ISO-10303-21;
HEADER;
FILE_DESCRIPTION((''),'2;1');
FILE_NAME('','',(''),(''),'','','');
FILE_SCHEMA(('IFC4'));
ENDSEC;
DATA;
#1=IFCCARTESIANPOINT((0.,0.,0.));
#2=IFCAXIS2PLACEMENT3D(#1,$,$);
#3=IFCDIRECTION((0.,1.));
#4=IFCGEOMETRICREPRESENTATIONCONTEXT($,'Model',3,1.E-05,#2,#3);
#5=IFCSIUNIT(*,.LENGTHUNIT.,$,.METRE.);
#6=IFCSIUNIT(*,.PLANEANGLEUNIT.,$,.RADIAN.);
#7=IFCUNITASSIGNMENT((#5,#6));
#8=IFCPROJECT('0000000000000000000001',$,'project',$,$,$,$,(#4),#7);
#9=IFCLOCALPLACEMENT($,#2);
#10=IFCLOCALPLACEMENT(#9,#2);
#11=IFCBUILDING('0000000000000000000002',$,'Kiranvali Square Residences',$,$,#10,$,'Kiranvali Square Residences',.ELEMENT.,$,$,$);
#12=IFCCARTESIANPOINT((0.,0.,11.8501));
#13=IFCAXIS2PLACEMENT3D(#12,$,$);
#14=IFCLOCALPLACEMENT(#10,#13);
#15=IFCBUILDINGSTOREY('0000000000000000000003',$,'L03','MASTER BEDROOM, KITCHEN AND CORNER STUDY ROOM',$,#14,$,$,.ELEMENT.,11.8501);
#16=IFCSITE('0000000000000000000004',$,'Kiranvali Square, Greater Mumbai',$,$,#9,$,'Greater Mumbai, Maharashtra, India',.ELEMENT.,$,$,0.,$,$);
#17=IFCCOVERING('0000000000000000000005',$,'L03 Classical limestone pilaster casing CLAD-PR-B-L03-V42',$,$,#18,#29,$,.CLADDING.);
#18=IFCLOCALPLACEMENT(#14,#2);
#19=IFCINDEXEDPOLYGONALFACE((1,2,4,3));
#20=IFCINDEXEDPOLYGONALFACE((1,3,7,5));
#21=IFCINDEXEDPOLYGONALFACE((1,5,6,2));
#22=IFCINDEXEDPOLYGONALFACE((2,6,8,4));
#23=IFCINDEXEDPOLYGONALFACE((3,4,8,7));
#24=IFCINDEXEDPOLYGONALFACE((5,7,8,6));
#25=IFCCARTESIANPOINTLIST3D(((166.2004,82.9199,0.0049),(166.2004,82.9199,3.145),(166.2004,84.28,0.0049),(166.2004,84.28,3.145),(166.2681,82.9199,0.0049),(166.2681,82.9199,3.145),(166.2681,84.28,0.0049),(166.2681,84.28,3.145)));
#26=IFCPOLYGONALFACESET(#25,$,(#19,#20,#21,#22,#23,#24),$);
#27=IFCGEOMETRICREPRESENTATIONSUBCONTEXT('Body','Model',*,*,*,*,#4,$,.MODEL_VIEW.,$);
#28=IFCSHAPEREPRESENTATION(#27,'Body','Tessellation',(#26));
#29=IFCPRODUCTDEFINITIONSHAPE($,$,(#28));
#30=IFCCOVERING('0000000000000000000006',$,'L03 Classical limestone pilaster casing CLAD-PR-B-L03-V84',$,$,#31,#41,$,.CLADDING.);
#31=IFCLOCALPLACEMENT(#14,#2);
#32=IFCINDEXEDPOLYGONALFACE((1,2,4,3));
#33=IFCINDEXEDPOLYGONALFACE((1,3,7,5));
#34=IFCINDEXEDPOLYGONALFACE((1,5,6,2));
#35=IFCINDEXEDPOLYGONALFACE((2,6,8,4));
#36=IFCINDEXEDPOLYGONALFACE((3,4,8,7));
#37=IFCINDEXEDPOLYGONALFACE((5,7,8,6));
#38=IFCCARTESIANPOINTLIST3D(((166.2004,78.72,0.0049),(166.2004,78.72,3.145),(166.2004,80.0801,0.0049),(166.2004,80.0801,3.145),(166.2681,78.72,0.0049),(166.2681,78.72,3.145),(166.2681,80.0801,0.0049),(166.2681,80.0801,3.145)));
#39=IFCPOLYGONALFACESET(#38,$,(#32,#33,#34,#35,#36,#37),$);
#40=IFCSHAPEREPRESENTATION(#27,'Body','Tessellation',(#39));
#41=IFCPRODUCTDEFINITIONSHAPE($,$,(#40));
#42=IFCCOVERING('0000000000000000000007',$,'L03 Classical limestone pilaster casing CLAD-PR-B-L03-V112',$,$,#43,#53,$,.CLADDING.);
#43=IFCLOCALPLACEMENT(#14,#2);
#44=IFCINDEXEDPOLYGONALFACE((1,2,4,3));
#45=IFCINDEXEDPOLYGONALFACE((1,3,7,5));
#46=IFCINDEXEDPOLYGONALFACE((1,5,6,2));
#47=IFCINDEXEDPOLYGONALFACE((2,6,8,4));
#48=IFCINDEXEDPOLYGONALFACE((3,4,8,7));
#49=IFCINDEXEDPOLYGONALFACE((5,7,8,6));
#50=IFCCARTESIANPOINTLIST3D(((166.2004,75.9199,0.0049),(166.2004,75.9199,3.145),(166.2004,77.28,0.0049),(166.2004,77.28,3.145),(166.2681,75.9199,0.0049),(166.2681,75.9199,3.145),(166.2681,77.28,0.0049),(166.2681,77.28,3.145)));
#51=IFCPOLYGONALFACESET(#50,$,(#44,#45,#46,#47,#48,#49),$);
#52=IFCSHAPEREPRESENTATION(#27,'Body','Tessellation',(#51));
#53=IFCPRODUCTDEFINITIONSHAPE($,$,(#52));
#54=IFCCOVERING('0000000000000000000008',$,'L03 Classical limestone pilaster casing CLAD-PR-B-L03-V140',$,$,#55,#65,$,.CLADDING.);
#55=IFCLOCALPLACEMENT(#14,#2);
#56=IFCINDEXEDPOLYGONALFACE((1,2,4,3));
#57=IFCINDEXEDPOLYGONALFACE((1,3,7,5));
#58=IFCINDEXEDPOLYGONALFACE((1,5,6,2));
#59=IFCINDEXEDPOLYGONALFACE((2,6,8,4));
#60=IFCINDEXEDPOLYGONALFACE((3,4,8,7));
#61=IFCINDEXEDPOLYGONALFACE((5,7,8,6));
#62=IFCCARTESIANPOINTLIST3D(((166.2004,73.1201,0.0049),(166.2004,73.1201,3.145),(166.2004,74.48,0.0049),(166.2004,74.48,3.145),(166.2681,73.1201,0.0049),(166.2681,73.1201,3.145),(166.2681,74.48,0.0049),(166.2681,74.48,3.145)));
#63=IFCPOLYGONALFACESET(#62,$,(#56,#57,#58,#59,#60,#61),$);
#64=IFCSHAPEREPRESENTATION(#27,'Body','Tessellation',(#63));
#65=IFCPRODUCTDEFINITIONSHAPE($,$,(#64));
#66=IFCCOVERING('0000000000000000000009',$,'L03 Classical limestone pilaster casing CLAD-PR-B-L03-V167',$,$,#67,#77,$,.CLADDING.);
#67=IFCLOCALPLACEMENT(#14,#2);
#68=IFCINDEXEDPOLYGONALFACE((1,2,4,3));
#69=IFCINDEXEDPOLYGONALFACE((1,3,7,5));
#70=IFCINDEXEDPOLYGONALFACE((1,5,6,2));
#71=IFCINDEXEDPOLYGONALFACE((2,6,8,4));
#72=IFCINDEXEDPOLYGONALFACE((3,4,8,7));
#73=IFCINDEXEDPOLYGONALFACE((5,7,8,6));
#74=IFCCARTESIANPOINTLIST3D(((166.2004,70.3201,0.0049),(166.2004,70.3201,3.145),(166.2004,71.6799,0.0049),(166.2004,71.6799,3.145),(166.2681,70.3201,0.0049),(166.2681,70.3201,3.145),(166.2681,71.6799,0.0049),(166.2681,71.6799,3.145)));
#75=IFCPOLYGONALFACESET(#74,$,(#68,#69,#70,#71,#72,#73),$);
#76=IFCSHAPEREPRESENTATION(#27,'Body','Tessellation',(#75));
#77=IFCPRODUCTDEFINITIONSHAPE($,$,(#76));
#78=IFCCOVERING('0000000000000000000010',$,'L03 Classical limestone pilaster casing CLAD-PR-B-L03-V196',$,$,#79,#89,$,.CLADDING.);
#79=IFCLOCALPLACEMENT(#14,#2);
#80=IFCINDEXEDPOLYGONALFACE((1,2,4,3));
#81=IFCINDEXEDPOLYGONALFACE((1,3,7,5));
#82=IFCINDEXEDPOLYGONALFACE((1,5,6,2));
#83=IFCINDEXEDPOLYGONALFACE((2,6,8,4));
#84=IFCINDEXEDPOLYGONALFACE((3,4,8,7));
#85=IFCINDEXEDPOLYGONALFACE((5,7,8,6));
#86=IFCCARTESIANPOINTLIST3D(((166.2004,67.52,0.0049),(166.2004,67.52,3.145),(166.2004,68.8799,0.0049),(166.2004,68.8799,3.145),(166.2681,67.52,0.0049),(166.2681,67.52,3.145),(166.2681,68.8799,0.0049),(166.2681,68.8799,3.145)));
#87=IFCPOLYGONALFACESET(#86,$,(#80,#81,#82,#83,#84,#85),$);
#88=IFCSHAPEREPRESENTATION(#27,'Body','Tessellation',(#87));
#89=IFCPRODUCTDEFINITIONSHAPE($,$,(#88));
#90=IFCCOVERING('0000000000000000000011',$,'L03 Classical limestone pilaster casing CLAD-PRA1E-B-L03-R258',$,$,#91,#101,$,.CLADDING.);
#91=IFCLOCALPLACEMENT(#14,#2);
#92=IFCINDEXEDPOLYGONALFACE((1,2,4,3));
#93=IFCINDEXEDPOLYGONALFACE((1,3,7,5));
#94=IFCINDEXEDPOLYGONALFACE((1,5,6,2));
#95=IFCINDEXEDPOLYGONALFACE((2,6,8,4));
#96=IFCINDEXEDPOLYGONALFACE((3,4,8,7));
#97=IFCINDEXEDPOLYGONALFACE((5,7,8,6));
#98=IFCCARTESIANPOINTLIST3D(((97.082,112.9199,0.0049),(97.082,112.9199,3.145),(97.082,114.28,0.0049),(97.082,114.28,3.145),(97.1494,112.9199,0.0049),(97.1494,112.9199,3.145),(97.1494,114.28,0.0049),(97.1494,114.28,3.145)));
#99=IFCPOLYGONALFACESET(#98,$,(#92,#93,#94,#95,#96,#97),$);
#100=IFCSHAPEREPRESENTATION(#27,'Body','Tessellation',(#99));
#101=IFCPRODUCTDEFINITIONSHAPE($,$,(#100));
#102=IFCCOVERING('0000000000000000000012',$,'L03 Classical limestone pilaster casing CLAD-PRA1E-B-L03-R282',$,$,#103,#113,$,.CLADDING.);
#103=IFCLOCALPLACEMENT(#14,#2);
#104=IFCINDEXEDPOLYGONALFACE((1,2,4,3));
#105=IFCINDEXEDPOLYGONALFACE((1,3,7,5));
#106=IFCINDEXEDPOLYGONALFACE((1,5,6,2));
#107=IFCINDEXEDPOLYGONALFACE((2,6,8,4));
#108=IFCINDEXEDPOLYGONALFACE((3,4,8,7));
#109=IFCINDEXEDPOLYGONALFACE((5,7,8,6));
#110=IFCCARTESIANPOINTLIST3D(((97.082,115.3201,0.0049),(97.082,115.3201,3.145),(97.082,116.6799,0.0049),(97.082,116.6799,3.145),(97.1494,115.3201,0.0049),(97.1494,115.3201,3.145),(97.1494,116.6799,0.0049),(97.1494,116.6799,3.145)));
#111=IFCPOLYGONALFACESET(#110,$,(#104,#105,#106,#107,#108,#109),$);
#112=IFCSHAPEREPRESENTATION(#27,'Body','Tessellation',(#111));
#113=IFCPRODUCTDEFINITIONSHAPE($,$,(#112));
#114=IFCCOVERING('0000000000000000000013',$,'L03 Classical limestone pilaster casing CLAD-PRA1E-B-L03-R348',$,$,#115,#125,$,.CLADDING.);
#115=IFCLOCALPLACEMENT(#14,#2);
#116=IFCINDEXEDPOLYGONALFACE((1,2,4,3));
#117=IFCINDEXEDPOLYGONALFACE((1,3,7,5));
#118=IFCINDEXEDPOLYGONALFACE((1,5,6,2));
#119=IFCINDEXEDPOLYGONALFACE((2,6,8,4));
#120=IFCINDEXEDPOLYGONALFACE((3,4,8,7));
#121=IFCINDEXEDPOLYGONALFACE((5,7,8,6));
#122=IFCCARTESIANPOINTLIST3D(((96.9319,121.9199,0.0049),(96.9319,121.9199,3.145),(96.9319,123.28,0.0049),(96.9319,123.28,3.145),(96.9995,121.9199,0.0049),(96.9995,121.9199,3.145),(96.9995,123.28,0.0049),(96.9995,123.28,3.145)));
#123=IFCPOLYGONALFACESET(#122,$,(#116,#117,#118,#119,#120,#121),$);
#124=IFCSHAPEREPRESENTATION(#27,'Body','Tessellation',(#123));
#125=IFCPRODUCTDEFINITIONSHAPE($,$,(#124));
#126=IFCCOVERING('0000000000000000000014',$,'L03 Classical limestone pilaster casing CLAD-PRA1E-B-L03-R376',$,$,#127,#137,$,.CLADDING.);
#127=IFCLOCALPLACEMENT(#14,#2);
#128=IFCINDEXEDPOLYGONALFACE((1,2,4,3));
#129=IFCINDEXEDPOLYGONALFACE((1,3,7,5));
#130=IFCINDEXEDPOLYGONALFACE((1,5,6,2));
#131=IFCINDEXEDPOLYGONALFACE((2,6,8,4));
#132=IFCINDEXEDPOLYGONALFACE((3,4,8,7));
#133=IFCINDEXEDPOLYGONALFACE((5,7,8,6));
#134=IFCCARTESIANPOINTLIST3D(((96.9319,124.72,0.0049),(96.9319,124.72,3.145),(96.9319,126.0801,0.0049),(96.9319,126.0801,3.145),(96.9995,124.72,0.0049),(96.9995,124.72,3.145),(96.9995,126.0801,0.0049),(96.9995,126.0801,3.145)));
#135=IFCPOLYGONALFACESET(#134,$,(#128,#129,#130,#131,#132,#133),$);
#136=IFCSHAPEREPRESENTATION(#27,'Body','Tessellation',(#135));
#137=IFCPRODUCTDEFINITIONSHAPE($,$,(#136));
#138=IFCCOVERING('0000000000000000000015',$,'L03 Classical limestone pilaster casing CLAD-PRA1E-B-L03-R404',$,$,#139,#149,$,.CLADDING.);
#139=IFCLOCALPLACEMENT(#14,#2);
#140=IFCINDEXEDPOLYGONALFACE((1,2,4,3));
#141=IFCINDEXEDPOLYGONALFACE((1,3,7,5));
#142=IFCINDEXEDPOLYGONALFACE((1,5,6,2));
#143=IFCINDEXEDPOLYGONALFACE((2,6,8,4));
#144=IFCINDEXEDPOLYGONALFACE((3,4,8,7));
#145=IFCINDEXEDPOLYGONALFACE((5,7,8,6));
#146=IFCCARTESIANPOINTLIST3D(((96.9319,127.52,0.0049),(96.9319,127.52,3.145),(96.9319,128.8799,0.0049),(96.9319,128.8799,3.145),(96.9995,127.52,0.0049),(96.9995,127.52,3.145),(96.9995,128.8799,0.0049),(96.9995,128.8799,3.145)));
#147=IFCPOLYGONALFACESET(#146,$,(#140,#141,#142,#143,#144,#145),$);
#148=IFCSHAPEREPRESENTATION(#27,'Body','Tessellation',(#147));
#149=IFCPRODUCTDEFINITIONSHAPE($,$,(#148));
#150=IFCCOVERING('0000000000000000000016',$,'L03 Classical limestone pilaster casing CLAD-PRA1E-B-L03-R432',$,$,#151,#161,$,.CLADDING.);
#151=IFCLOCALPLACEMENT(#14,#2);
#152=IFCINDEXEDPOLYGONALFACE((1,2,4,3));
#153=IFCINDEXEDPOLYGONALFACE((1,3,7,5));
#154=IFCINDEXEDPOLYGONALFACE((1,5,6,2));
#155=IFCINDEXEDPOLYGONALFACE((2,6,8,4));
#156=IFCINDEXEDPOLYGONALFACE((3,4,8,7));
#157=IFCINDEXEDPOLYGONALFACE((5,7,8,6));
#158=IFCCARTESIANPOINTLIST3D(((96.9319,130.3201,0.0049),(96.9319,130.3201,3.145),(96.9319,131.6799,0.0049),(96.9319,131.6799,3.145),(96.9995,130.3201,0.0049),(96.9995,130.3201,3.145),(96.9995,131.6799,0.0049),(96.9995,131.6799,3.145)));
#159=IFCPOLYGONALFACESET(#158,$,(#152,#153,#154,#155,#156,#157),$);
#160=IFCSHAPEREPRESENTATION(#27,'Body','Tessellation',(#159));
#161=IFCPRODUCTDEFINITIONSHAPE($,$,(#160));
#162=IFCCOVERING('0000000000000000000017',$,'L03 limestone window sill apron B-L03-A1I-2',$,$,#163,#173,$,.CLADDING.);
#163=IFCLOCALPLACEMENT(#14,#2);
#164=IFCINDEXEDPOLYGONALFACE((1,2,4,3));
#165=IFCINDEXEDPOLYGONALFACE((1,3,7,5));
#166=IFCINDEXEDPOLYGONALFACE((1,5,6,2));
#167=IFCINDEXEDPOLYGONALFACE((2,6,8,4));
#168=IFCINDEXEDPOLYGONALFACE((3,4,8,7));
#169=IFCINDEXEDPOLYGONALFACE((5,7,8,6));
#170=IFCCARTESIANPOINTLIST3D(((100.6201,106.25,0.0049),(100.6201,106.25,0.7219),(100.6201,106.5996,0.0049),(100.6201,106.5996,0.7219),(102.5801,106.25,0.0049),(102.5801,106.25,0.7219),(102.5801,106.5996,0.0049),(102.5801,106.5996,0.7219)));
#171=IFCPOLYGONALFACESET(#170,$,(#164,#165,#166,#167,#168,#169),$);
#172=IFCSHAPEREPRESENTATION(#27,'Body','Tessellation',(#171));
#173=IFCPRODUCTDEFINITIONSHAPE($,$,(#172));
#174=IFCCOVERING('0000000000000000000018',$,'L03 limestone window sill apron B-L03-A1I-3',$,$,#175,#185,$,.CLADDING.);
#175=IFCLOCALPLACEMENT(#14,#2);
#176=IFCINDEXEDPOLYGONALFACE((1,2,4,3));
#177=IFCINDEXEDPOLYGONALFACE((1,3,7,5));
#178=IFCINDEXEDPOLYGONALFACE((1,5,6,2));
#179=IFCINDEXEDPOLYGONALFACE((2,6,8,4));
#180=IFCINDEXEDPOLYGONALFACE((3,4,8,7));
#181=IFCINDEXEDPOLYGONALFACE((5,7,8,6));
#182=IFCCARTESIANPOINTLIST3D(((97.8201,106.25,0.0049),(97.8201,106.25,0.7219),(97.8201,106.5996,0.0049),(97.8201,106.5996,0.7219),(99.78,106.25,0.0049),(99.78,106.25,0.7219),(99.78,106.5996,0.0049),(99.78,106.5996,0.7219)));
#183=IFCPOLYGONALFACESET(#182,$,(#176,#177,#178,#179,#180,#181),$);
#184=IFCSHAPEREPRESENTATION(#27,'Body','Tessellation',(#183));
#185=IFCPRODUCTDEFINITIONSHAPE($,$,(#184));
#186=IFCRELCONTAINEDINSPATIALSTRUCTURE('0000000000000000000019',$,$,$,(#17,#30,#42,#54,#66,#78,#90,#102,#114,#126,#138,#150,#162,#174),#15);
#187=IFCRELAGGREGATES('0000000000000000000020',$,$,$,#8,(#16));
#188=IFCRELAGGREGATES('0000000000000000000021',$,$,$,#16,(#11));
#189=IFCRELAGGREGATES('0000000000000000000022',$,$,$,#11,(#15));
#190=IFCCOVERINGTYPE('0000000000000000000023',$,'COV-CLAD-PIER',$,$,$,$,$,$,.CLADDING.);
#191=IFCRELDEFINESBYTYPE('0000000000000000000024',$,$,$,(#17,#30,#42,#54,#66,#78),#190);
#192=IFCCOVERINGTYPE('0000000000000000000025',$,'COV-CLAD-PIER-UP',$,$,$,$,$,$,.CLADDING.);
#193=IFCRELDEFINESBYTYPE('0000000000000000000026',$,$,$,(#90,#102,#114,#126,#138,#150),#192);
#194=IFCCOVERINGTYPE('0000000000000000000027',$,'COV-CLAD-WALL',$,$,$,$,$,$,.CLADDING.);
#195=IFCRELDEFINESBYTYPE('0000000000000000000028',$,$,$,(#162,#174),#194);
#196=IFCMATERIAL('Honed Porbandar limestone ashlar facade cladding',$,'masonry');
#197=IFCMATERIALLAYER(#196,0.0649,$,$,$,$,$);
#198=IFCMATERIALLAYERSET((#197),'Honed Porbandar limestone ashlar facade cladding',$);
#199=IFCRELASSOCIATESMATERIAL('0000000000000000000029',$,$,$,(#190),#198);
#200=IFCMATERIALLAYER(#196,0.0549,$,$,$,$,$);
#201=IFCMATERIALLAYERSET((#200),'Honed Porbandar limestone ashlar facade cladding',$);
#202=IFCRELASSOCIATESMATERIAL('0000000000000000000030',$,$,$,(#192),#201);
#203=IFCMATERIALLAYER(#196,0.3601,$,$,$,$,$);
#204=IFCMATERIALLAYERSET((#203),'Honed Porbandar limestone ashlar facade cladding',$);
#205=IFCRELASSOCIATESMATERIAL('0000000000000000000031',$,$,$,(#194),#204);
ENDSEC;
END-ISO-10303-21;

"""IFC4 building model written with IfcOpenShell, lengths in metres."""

from ifc_helpers import new_model, si_unit, direction, frame, origin, place, context, subcontext, project, spatial, polyline, outline, extrude, material, layer, layer_set, type_object, element, save


model = new_model("IFC4")

# Units and contexts
model_context = context("Model", 3, precision=1e-05, world=origin(), true_north=direction((0.0, 1.0)))
body_context = subcontext(model_context, "Body", "Model", "MODEL_VIEW")
ifc_project = project(units=[si_unit("LENGTHUNIT", "METRE"), si_unit("PLANEANGLEUNIT", "RADIAN")], contexts=[model_context])

# Site, building, storey
site_placement = place(None, origin())
site = spatial("IfcSite", under=ifc_project, at=site_placement, Name="Kiranvali Square, Greater Mumbai", LongName="Greater Mumbai, Maharashtra, India", CompositionType="ELEMENT", RefElevation=0.0)
building_placement = place(site_placement, origin())
building = spatial("IfcBuilding", under=site, at=building_placement, Name="Kiranvali Square Residences", LongName="Kiranvali Square Residences", CompositionType="ELEMENT")
storey_placement = place(building_placement, frame((0.0, 0.0, 11.8501)))
storey = spatial("IfcBuildingStorey", under=building, at=storey_placement, Name="L03", Description="MASTER BEDROOM, KITCHEN AND CORNER STUDY ROOM", CompositionType="ELEMENT", Elevation=11.8501)

# Coverings
ifc_material_1 = material(Name="Honed Porbandar limestone ashlar facade cladding", Category="masonry")
ifc_layer_1 = layer(ifc_material_1, 0.0649)
ifc_layer_set_1 = layer_set([ifc_layer_1], Name="Honed Porbandar limestone ashlar facade cladding")
covering_type_1 = type_object("IfcCoveringType", Name="COV-CLAD-PIER", PredefinedType="CLADDING", material=ifc_layer_set_1)
covering_1_placement = place(storey_placement, frame((0.0, 0.0, 0.0049)))
element("IfcCovering", 1, at=covering_1_placement, inside=storey, type_object=covering_type_1, Name="L03 Classical limestone pilaster casing CLAD-PR-B-L03-V42", PredefinedType="CLADDING", context=body_context, shape_type="SweptSolid", body=[
    extrude(outline(polyline([(166.2004, 84.28), (166.2004, 82.9199), (166.2681, 82.9199), (166.2681, 84.28), (166.2004, 84.28)])), origin(), (0.0, 0.0, 1.0), 3.1401),
])
covering_2_placement = place(storey_placement, frame((0.0, 0.0, 0.0049)))
element("IfcCovering", 2, at=covering_2_placement, inside=storey, type_object=covering_type_1, Name="L03 Classical limestone pilaster casing CLAD-PR-B-L03-V84", PredefinedType="CLADDING", context=body_context, shape_type="SweptSolid", body=[
    extrude(outline(polyline([(166.2004, 80.0801), (166.2004, 78.72), (166.2681, 78.72), (166.2681, 80.0801), (166.2004, 80.0801)])), origin(), (0.0, 0.0, 1.0), 3.1401),
])
covering_3_placement = place(storey_placement, frame((0.0, 0.0, 0.0049)))
element("IfcCovering", 3, at=covering_3_placement, inside=storey, type_object=covering_type_1, Name="L03 Classical limestone pilaster casing CLAD-PR-B-L03-V112", PredefinedType="CLADDING", context=body_context, shape_type="SweptSolid", body=[
    extrude(outline(polyline([(166.2004, 77.28), (166.2004, 75.9199), (166.2681, 75.9199), (166.2681, 77.28), (166.2004, 77.28)])), origin(), (0.0, 0.0, 1.0), 3.1401),
])
covering_4_placement = place(storey_placement, frame((0.0, 0.0, 0.0049)))
element("IfcCovering", 4, at=covering_4_placement, inside=storey, type_object=covering_type_1, Name="L03 Classical limestone pilaster casing CLAD-PR-B-L03-V140", PredefinedType="CLADDING", context=body_context, shape_type="SweptSolid", body=[
    extrude(outline(polyline([(166.2004, 74.48), (166.2004, 73.1201), (166.2681, 73.1201), (166.2681, 74.48), (166.2004, 74.48)])), origin(), (0.0, 0.0, 1.0), 3.1401),
])
covering_5_placement = place(storey_placement, frame((0.0, 0.0, 0.0049)))
element("IfcCovering", 5, at=covering_5_placement, inside=storey, type_object=covering_type_1, Name="L03 Classical limestone pilaster casing CLAD-PR-B-L03-V167", PredefinedType="CLADDING", context=body_context, shape_type="SweptSolid", body=[
    extrude(outline(polyline([(166.2004, 71.6799), (166.2004, 70.3201), (166.2681, 70.3201), (166.2681, 71.6799), (166.2004, 71.6799)])), origin(), (0.0, 0.0, 1.0), 3.1401),
])
covering_6_placement = place(storey_placement, frame((0.0, 0.0, 0.0049)))
element("IfcCovering", 6, at=covering_6_placement, inside=storey, type_object=covering_type_1, Name="L03 Classical limestone pilaster casing CLAD-PR-B-L03-V196", PredefinedType="CLADDING", context=body_context, shape_type="SweptSolid", body=[
    extrude(outline(polyline([(166.2004, 68.8799), (166.2004, 67.52), (166.2681, 67.52), (166.2681, 68.8799), (166.2004, 68.8799)])), origin(), (0.0, 0.0, 1.0), 3.1401),
])
ifc_layer_2 = layer(ifc_material_1, 0.0549)
ifc_layer_set_2 = layer_set([ifc_layer_2], Name="Honed Porbandar limestone ashlar facade cladding")
covering_type_2 = type_object("IfcCoveringType", Name="COV-CLAD-PIER-UP", PredefinedType="CLADDING", material=ifc_layer_set_2)
covering_7_placement = place(storey_placement, frame((0.0, 0.0, 0.0049)))
element("IfcCovering", 7, at=covering_7_placement, inside=storey, type_object=covering_type_2, Name="L03 Classical limestone pilaster casing CLAD-PRA1E-B-L03-R258", PredefinedType="CLADDING", context=body_context, shape_type="SweptSolid", body=[
    extrude(outline(polyline([(97.1494, 112.9199), (97.1494, 114.28), (97.082, 114.28), (97.082, 112.9199), (97.1494, 112.9199)])), origin(), (0.0, 0.0, 1.0), 3.1401),
])
covering_8_placement = place(storey_placement, frame((0.0, 0.0, 0.0049)))
element("IfcCovering", 8, at=covering_8_placement, inside=storey, type_object=covering_type_2, Name="L03 Classical limestone pilaster casing CLAD-PRA1E-B-L03-R282", PredefinedType="CLADDING", context=body_context, shape_type="SweptSolid", body=[
    extrude(outline(polyline([(97.1494, 115.3201), (97.1494, 116.6799), (97.082, 116.6799), (97.082, 115.3201), (97.1494, 115.3201)])), origin(), (0.0, 0.0, 1.0), 3.1401),
])
covering_9_placement = place(storey_placement, frame((0.0, 0.0, 0.0049)))
element("IfcCovering", 9, at=covering_9_placement, inside=storey, type_object=covering_type_2, Name="L03 Classical limestone pilaster casing CLAD-PRA1E-B-L03-R348", PredefinedType="CLADDING", context=body_context, shape_type="SweptSolid", body=[
    extrude(outline(polyline([(96.9995, 121.9199), (96.9995, 123.28), (96.9319, 123.28), (96.9319, 121.9199), (96.9995, 121.9199)])), origin(), (0.0, 0.0, 1.0), 3.1401),
])
covering_10_placement = place(storey_placement, frame((0.0, 0.0, 0.0049)))
element("IfcCovering", 10, at=covering_10_placement, inside=storey, type_object=covering_type_2, Name="L03 Classical limestone pilaster casing CLAD-PRA1E-B-L03-R376", PredefinedType="CLADDING", context=body_context, shape_type="SweptSolid", body=[
    extrude(outline(polyline([(96.9995, 124.72), (96.9995, 126.0801), (96.9319, 126.0801), (96.9319, 124.72), (96.9995, 124.72)])), origin(), (0.0, 0.0, 1.0), 3.1401),
])
covering_11_placement = place(storey_placement, frame((0.0, 0.0, 0.0049)))
element("IfcCovering", 11, at=covering_11_placement, inside=storey, type_object=covering_type_2, Name="L03 Classical limestone pilaster casing CLAD-PRA1E-B-L03-R404", PredefinedType="CLADDING", context=body_context, shape_type="SweptSolid", body=[
    extrude(outline(polyline([(96.9995, 127.52), (96.9995, 128.8799), (96.9319, 128.8799), (96.9319, 127.52), (96.9995, 127.52)])), origin(), (0.0, 0.0, 1.0), 3.1401),
])
covering_12_placement = place(storey_placement, frame((0.0, 0.0, 0.0049)))
element("IfcCovering", 12, at=covering_12_placement, inside=storey, type_object=covering_type_2, Name="L03 Classical limestone pilaster casing CLAD-PRA1E-B-L03-R432", PredefinedType="CLADDING", context=body_context, shape_type="SweptSolid", body=[
    extrude(outline(polyline([(96.9995, 130.3201), (96.9995, 131.6799), (96.9319, 131.6799), (96.9319, 130.3201), (96.9995, 130.3201)])), origin(), (0.0, 0.0, 1.0), 3.1401),
])
ifc_layer_3 = layer(ifc_material_1, 0.3601)
ifc_layer_set_3 = layer_set([ifc_layer_3], Name="Honed Porbandar limestone ashlar facade cladding")
covering_type_3 = type_object("IfcCoveringType", Name="COV-CLAD-WALL", PredefinedType="CLADDING", material=ifc_layer_set_3)
covering_13_placement = place(storey_placement, frame((0.0, 0.0, 0.0049)))
element("IfcCovering", 13, at=covering_13_placement, inside=storey, type_object=covering_type_3, Name="L03 limestone window sill apron B-L03-A1I-2", PredefinedType="CLADDING", context=body_context, shape_type="SweptSolid", body=[
    extrude(outline(polyline([(102.5801, 106.5996), (100.6201, 106.5996), (100.6201, 106.25), (102.5801, 106.25), (102.5801, 106.5996)])), origin(), (0.0, 0.0, 1.0), 0.717),
])
covering_14_placement = place(storey_placement, frame((0.0, 0.0, 0.0049)))
element("IfcCovering", 14, at=covering_14_placement, inside=storey, type_object=covering_type_3, Name="L03 limestone window sill apron B-L03-A1I-3", PredefinedType="CLADDING", context=body_context, shape_type="SweptSolid", body=[
    extrude(outline(polyline([(99.78, 106.5996), (97.8201, 106.5996), (97.8201, 106.25), (99.78, 106.25), (99.78, 106.5996)])), origin(), (0.0, 0.0, 1.0), 0.717),
])

save(model, "model.ifc")
